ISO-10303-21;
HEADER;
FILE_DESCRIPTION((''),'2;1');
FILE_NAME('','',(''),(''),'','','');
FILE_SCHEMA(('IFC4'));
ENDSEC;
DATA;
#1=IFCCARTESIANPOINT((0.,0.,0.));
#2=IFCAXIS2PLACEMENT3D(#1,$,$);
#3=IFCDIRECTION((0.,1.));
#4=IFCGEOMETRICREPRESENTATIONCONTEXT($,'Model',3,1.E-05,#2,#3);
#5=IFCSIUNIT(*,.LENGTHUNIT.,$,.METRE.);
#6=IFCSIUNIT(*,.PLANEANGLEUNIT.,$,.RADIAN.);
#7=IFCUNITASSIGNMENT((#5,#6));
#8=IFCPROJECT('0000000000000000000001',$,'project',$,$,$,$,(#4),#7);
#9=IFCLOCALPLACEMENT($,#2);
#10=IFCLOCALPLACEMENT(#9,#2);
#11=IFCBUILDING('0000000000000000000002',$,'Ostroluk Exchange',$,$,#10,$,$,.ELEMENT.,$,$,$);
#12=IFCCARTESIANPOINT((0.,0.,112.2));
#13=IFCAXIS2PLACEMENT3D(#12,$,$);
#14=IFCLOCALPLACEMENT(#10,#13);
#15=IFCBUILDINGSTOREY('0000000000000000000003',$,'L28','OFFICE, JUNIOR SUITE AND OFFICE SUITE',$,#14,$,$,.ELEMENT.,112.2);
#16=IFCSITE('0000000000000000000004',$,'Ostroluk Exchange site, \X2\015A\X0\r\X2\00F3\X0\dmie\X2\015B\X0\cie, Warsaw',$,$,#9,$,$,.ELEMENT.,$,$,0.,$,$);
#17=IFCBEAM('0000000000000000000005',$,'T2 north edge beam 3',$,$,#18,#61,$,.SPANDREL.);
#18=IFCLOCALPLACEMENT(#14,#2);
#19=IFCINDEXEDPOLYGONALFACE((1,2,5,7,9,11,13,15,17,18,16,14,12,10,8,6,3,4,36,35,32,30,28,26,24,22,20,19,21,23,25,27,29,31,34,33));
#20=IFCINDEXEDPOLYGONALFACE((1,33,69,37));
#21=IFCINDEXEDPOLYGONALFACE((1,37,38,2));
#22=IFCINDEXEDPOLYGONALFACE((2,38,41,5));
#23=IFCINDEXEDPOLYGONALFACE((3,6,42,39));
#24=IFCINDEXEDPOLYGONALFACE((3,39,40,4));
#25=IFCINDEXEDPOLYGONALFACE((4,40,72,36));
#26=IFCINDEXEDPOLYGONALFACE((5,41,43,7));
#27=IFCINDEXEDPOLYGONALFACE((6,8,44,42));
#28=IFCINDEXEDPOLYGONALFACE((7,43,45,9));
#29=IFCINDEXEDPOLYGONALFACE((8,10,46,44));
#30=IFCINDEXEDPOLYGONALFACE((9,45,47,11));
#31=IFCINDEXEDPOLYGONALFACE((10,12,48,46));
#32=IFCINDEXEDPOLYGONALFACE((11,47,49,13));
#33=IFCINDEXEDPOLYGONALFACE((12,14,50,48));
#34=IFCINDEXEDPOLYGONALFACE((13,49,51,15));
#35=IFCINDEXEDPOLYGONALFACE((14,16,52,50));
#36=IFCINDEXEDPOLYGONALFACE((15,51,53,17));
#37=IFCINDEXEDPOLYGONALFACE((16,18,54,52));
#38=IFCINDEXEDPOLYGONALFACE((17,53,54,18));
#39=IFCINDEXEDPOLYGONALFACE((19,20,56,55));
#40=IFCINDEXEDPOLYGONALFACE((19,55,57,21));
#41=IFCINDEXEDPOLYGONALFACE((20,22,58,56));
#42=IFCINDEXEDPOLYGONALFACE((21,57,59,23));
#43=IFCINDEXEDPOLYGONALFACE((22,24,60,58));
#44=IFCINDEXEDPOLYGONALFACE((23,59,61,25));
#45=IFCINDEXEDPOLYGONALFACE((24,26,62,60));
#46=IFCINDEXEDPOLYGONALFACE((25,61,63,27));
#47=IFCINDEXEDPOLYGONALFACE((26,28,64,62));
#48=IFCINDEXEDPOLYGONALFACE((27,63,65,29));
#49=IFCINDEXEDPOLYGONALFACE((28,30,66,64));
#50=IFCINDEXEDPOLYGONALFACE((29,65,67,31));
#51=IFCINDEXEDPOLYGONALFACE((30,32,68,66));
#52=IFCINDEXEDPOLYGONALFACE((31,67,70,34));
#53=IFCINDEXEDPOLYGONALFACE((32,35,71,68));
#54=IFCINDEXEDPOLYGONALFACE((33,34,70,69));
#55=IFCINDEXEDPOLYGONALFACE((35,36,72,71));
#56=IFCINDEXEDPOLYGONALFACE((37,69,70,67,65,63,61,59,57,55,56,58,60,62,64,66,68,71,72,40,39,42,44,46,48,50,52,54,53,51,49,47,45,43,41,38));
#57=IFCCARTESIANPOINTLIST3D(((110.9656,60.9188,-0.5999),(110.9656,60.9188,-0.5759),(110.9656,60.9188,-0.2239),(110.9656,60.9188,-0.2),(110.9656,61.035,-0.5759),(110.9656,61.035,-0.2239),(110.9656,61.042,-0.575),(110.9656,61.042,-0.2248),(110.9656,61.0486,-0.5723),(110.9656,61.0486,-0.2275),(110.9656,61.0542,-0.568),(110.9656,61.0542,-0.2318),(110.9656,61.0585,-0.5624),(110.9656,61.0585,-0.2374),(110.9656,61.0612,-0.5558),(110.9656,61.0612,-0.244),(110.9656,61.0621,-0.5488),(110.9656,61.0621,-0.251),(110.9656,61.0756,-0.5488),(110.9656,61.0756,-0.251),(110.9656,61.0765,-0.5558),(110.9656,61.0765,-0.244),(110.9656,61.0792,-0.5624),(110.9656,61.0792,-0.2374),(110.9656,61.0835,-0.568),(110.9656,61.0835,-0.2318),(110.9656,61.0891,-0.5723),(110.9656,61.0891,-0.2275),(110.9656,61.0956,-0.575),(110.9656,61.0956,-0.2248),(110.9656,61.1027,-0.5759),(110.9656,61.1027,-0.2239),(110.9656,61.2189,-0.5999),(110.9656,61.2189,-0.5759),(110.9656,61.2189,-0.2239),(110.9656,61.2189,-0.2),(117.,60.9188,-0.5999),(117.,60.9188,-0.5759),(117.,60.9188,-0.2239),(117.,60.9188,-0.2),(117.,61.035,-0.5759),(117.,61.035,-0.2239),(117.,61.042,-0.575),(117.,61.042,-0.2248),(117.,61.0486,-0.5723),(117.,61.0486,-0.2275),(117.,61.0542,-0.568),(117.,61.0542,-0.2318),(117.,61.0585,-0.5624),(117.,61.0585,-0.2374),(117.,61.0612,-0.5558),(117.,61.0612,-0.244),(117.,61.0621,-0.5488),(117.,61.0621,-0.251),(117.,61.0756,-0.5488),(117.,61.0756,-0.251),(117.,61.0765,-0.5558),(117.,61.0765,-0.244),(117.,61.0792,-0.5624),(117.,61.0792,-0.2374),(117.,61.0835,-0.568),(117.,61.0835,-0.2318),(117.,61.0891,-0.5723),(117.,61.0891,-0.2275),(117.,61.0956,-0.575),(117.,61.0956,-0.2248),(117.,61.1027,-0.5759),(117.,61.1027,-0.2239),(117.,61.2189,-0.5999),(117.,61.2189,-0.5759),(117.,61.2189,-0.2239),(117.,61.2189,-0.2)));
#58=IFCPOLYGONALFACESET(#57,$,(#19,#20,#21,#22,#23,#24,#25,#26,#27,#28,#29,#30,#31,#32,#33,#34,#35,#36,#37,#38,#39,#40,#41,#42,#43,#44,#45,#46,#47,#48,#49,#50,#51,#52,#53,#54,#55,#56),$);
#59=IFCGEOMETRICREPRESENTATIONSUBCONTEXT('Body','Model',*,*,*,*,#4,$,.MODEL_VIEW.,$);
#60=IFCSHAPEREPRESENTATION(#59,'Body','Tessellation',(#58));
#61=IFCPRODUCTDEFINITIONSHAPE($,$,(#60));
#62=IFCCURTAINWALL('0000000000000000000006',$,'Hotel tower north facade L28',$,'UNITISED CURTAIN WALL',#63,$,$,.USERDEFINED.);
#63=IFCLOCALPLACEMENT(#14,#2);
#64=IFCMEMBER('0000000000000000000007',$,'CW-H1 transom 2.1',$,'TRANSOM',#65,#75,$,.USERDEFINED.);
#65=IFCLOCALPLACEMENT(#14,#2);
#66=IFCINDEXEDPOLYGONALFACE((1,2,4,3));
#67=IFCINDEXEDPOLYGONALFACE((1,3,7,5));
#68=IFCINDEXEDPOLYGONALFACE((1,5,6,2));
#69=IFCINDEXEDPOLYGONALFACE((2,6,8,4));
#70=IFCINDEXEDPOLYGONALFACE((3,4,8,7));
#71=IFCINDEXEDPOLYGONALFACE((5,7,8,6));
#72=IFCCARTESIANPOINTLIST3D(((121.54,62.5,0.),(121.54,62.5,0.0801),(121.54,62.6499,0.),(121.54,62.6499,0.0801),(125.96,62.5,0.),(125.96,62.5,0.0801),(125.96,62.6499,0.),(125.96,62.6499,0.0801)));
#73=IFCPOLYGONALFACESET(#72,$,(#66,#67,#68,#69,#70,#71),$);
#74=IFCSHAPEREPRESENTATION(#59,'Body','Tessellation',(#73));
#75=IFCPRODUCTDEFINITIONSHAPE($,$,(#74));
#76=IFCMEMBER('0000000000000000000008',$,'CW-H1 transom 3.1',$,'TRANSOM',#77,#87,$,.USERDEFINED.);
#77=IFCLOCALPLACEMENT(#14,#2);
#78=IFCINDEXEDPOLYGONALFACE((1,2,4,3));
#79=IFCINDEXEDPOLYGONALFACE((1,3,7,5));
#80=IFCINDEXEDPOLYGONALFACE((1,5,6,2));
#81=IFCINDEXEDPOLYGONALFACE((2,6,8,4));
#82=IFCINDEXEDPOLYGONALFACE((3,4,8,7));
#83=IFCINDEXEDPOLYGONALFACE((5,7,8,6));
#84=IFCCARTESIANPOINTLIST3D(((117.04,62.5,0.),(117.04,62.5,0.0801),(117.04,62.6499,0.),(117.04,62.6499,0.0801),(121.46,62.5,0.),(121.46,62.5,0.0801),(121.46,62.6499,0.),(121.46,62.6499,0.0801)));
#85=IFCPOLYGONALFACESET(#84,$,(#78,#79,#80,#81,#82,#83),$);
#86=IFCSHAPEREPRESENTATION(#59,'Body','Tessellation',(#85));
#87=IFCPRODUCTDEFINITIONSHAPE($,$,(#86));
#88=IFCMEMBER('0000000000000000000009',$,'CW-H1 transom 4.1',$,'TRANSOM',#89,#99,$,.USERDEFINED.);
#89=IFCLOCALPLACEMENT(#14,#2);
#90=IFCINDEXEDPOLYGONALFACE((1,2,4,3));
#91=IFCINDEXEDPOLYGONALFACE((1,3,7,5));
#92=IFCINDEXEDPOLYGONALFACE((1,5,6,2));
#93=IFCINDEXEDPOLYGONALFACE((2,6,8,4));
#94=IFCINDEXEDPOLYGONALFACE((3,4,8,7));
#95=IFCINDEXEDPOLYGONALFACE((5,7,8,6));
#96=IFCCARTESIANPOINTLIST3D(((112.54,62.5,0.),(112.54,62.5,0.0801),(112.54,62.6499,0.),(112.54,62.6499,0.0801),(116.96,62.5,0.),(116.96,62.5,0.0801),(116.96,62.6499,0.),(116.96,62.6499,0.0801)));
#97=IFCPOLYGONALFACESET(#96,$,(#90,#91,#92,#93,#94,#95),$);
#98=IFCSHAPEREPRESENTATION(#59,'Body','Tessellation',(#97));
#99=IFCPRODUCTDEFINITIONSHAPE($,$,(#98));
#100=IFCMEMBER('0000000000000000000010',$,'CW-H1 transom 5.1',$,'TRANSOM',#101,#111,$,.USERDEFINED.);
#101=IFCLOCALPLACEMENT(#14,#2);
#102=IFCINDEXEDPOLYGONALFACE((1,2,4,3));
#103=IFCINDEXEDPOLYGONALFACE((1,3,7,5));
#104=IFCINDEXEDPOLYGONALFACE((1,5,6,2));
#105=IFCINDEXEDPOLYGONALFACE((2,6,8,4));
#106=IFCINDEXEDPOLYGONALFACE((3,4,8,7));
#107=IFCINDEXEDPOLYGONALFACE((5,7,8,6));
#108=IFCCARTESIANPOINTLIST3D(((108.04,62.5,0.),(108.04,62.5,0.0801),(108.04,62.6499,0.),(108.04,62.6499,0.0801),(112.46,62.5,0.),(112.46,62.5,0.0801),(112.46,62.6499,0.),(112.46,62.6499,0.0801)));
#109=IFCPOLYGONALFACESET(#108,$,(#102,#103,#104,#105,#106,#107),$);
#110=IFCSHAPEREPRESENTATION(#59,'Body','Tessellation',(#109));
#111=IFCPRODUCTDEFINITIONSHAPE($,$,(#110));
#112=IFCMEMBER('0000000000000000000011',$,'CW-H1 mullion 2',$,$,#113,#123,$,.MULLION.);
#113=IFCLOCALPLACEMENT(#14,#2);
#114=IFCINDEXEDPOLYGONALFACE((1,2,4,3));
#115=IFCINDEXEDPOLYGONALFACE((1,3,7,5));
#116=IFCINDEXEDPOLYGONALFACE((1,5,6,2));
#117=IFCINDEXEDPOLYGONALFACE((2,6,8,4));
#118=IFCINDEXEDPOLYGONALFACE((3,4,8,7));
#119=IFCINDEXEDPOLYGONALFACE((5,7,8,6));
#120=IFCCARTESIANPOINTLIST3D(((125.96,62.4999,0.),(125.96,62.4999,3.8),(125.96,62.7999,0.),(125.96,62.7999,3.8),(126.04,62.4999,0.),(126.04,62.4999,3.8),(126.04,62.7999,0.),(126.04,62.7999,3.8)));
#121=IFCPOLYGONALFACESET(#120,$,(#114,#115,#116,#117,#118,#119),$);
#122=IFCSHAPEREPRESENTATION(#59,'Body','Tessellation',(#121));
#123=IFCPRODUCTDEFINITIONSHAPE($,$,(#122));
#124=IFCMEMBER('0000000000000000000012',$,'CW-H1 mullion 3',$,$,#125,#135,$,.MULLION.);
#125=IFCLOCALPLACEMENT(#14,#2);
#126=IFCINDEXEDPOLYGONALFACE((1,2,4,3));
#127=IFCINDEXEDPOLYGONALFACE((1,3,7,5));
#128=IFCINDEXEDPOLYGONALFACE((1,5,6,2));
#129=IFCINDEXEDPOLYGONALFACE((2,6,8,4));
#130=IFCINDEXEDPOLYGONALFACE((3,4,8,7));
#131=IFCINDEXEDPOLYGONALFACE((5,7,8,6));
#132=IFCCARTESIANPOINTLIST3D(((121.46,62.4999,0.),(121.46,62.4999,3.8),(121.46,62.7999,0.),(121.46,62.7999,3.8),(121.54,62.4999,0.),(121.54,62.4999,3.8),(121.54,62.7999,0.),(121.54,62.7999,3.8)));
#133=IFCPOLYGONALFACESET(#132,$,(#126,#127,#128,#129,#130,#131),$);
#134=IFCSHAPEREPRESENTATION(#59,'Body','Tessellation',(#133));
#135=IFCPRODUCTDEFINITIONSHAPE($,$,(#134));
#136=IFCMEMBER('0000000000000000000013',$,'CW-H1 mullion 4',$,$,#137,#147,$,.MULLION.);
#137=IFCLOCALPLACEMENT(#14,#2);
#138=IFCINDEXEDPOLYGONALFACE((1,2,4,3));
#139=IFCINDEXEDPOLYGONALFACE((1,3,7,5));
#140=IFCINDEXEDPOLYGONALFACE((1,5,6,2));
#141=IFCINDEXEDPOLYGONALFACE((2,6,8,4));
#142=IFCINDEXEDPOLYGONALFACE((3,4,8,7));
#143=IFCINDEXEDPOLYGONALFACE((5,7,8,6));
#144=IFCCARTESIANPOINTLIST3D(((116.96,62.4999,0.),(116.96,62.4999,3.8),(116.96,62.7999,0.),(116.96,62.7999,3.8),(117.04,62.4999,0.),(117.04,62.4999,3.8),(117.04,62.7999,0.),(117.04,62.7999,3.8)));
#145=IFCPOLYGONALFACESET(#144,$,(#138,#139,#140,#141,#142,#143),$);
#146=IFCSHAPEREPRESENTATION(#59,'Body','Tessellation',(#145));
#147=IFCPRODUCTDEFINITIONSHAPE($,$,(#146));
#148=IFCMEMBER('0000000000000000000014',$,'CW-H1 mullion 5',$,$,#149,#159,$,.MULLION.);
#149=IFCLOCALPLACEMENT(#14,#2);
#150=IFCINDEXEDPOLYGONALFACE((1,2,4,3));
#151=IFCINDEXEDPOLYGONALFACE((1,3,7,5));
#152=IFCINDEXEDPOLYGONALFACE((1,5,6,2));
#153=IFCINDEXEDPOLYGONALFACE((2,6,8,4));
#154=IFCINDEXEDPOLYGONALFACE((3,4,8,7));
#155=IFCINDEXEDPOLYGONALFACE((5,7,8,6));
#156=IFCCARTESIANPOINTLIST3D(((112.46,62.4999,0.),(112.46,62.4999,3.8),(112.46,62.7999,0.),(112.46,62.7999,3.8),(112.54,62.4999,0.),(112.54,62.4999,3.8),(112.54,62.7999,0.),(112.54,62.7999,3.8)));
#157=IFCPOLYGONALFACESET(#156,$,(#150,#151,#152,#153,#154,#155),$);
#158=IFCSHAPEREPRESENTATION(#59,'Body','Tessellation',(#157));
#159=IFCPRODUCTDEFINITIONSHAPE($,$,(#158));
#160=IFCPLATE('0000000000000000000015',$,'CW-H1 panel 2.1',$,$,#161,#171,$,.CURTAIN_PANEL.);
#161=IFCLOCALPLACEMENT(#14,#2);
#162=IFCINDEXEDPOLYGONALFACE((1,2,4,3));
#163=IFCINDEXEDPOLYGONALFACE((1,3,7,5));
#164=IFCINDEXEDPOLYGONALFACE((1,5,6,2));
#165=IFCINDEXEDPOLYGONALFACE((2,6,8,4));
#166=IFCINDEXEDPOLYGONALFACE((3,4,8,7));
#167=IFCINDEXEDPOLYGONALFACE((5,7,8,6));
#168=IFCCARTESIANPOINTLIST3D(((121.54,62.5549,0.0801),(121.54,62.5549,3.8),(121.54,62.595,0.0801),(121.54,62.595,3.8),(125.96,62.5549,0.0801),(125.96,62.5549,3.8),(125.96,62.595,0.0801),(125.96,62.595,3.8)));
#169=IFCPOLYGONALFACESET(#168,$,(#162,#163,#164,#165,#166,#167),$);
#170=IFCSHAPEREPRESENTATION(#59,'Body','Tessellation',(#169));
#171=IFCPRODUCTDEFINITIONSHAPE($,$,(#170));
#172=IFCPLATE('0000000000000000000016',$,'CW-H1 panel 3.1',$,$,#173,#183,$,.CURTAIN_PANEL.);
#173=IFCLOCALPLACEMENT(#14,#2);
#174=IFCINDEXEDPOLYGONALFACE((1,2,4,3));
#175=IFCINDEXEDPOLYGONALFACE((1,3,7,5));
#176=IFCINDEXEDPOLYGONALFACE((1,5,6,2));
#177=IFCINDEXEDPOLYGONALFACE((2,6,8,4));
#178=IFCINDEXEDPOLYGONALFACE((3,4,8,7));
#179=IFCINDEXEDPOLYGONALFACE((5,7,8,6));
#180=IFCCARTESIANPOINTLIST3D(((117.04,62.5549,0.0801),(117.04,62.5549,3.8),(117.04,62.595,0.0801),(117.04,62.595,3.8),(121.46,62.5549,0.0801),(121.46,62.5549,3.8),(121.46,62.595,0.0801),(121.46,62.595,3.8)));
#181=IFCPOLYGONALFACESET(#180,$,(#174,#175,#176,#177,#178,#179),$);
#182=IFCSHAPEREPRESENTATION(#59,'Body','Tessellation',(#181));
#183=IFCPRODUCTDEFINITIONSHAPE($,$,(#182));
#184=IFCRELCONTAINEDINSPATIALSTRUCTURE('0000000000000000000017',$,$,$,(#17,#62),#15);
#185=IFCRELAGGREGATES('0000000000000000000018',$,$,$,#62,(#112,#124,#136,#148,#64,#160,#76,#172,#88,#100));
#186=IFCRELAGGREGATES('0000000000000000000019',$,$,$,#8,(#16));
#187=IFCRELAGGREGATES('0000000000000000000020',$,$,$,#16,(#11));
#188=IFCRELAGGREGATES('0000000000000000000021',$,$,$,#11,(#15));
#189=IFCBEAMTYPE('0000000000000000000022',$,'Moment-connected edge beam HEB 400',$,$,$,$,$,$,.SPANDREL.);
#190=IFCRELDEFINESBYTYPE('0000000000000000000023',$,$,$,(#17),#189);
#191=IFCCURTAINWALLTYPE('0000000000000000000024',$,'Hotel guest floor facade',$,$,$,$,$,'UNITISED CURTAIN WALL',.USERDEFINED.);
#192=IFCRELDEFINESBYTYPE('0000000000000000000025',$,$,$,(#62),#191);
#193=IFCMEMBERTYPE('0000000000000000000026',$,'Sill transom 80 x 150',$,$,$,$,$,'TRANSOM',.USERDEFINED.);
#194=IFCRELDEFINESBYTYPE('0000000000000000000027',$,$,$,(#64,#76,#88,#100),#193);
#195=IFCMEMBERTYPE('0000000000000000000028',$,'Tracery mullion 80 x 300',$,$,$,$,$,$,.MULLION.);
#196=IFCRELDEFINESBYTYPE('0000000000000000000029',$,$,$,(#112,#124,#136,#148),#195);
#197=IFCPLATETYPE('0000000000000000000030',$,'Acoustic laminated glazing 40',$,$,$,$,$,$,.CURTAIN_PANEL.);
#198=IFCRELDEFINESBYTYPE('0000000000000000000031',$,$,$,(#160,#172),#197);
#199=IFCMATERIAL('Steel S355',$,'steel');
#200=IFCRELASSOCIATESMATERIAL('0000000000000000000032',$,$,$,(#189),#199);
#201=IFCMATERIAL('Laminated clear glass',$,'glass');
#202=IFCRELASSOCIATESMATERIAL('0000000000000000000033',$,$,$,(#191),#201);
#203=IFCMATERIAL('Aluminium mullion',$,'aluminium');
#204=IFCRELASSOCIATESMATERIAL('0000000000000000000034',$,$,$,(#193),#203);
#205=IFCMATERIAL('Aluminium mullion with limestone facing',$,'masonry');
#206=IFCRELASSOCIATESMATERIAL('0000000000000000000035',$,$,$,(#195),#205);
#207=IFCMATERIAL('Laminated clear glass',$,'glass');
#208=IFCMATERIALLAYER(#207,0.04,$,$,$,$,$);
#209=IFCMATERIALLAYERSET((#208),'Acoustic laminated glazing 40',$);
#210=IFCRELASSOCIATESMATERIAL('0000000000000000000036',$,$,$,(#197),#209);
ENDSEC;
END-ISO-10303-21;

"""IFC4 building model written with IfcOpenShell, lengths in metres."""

from ifc_helpers import new_model, si_unit, direction, frame, origin, origin_2d, place, context, subcontext, project, spatial, rectangle, i_section, extrude, material, layer, layer_set, material_profile, profile_set, type_object, element, aggregate, save


model = new_model("IFC4")

# Units and contexts
model_context = context("Model", 3, precision=1e-05, world=origin(), true_north=direction((0.0, 1.0)))
body_context = subcontext(model_context, "Body", "Model", "MODEL_VIEW")
ifc_project = project(units=[si_unit("LENGTHUNIT", "METRE"), si_unit("PLANEANGLEUNIT", "RADIAN")], contexts=[model_context])

# Site, building, storey
site_placement = place(None, origin())
site = spatial("IfcSite", under=ifc_project, at=site_placement, Name="Ostroluk Exchange site, Śródmieście, Warsaw", CompositionType="ELEMENT", RefElevation=0.0)
building_placement = place(site_placement, origin())
building = spatial("IfcBuilding", under=site, at=building_placement, Name="Ostroluk Exchange", CompositionType="ELEMENT")
storey_placement = place(building_placement, frame((0.0, 0.0, 112.2)))
storey = spatial("IfcBuildingStorey", under=building, at=storey_placement, Name="L28", Description="OFFICE, JUNIOR SUITE AND OFFICE SUITE", CompositionType="ELEMENT", Elevation=112.2)

# Beam
ifc_material_1 = material(Name="Steel S355", Category="steel")
ifc_material_profile_1 = material_profile(ifc_material_1, i_section(OverallWidth=0.3, OverallDepth=0.3999, WebThickness=0.0134, FlangeThickness=0.0239, FilletRadius=0.0271, at=origin_2d()), Name="HEB 400")
ifc_profile_set_1 = profile_set([ifc_material_profile_1], Name="Steel S355")
beam_type = type_object("IfcBeamType", Name="Moment-connected edge beam HEB 400", PredefinedType="SPANDREL", material=ifc_profile_set_1)
for number, where, z_axis, x_axis, name in (
    (1, (117.0, 61.0688, -0.3999), (-1.0, 0.0, 0.0), (0.0, -1.0, 0.0), "T2 north edge beam 3"),
):
    element("IfcBeam", number, at=place(storey_placement, frame(where, z_axis=z_axis, x_axis=x_axis)), inside=storey, type_object=beam_type, Name=name, PredefinedType="SPANDREL", context=body_context, shape_type="SweptSolid", body=[
        extrude(i_section(OverallWidth=0.3, OverallDepth=0.3999, WebThickness=0.0134, FlangeThickness=0.0239, FilletRadius=0.0271, at=origin_2d()), origin(), (0.0, 0.0, 1.0), 6.0344),
    ])

# Curtain wall, members, plates
ifc_material_2 = material(Name="Laminated clear glass", Category="glass")
curtain_wall_type = type_object("IfcCurtainWallType", Name="Hotel guest floor facade", ElementType="UNITISED CURTAIN WALL", PredefinedType="USERDEFINED", material=ifc_material_2)
curtain_wall_placement = place(storey_placement, origin())
curtain_wall = element("IfcCurtainWall", 2, at=curtain_wall_placement, inside=storey, type_object=curtain_wall_type, Name="Hotel tower north facade L28", ObjectType="UNITISED CURTAIN WALL", PredefinedType="USERDEFINED")
ifc_material_3 = material(Name="Aluminium mullion", Category="aluminium")
ifc_material_profile_2 = material_profile(ifc_material_3, rectangle(XDim=0.1499, YDim=0.0801, at=origin_2d()), Name="Sill transom 80 x 150")
ifc_profile_set_2 = profile_set([ifc_material_profile_2], Name="Aluminium mullion")
member_type_1 = type_object("IfcMemberType", Name="Sill transom 80 x 150", ElementType="TRANSOM", PredefinedType="USERDEFINED", material=ifc_profile_set_2)
member_1_placement = place(storey_placement, frame((125.96, 62.575, 0.04), z_axis=(-1.0, 0.0, 0.0), x_axis=(0.0, -1.0, 0.0)))
member_1 = element("IfcMember", 3, at=member_1_placement, type_object=member_type_1, Name="CW-H1 transom 2.1", ObjectType="TRANSOM", PredefinedType="USERDEFINED", context=body_context, shape_type="SweptSolid", body=[
    extrude(rectangle(XDim=0.1499, YDim=0.0801, at=origin_2d()), origin(), (0.0, 0.0, 1.0), 4.4199),
])
member_2_placement = place(storey_placement, frame((121.46, 62.575, 0.04), z_axis=(-1.0, 0.0, 0.0), x_axis=(0.0, -1.0, 0.0)))
member_2 = element("IfcMember", 4, at=member_2_placement, type_object=member_type_1, Name="CW-H1 transom 3.1", ObjectType="TRANSOM", PredefinedType="USERDEFINED", context=body_context, shape_type="SweptSolid", body=[
    extrude(rectangle(XDim=0.1499, YDim=0.0801, at=origin_2d()), origin(), (0.0, 0.0, 1.0), 4.4199),
])
member_3_placement = place(storey_placement, frame((116.96, 62.575, 0.04), z_axis=(-1.0, 0.0, 0.0), x_axis=(0.0, -1.0, 0.0)))
member_3 = element("IfcMember", 5, at=member_3_placement, type_object=member_type_1, Name="CW-H1 transom 4.1", ObjectType="TRANSOM", PredefinedType="USERDEFINED", context=body_context, shape_type="SweptSolid", body=[
    extrude(rectangle(XDim=0.1499, YDim=0.0801, at=origin_2d()), origin(), (0.0, 0.0, 1.0), 4.4199),
])
member_4_placement = place(storey_placement, frame((112.46, 62.575, 0.04), z_axis=(-1.0, 0.0, 0.0), x_axis=(0.0, -1.0, 0.0)))
member_4 = element("IfcMember", 6, at=member_4_placement, type_object=member_type_1, Name="CW-H1 transom 5.1", ObjectType="TRANSOM", PredefinedType="USERDEFINED", context=body_context, shape_type="SweptSolid", body=[
    extrude(rectangle(XDim=0.1499, YDim=0.0801, at=origin_2d()), origin(), (0.0, 0.0, 1.0), 4.4199),
])
ifc_material_4 = material(Name="Aluminium mullion with limestone facing", Category="masonry")
ifc_material_profile_3 = material_profile(ifc_material_4, rectangle(XDim=0.3, YDim=0.0801, at=origin_2d()), Name="Tracery mullion 80 x 300")
ifc_profile_set_3 = profile_set([ifc_material_profile_3], Name="Aluminium mullion with limestone facing")
member_type_2 = type_object("IfcMemberType", Name="Tracery mullion 80 x 300", PredefinedType="MULLION", material=ifc_profile_set_3)
member_5_placement = place(storey_placement, frame((126.0, 62.6499, 0.0), z_axis=(0.0, 0.0, 1.0), x_axis=(0.0, -1.0, 0.0)))
member_5 = element("IfcMember", 7, at=member_5_placement, type_object=member_type_2, Name="CW-H1 mullion 2", PredefinedType="MULLION", context=body_context, shape_type="SweptSolid", body=[
    extrude(rectangle(XDim=0.3, YDim=0.0801, at=origin_2d()), origin(), (0.0, 0.0, 1.0), 3.8),
])
member_6_placement = place(storey_placement, frame((121.5, 62.6499, 0.0), z_axis=(0.0, 0.0, 1.0), x_axis=(0.0, -1.0, 0.0)))
member_6 = element("IfcMember", 8, at=member_6_placement, type_object=member_type_2, Name="CW-H1 mullion 3", PredefinedType="MULLION", context=body_context, shape_type="SweptSolid", body=[
    extrude(rectangle(XDim=0.3, YDim=0.0801, at=origin_2d()), origin(), (0.0, 0.0, 1.0), 3.8),
])
member_7_placement = place(storey_placement, frame((117.0, 62.6499, 0.0), z_axis=(0.0, 0.0, 1.0), x_axis=(0.0, -1.0, 0.0)))
member_7 = element("IfcMember", 9, at=member_7_placement, type_object=member_type_2, Name="CW-H1 mullion 4", PredefinedType="MULLION", context=body_context, shape_type="SweptSolid", body=[
    extrude(rectangle(XDim=0.3, YDim=0.0801, at=origin_2d()), origin(), (0.0, 0.0, 1.0), 3.8),
])
member_8_placement = place(storey_placement, frame((112.5, 62.6499, 0.0), z_axis=(0.0, 0.0, 1.0), x_axis=(0.0, -1.0, 0.0)))
member_8 = element("IfcMember", 10, at=member_8_placement, type_object=member_type_2, Name="CW-H1 mullion 5", PredefinedType="MULLION", context=body_context, shape_type="SweptSolid", body=[
    extrude(rectangle(XDim=0.3, YDim=0.0801, at=origin_2d()), origin(), (0.0, 0.0, 1.0), 3.8),
])
ifc_material_5 = material(Name="Laminated clear glass", Category="glass")
ifc_layer_1 = layer(ifc_material_5, 0.04)
ifc_layer_set_1 = layer_set([ifc_layer_1], Name="Acoustic laminated glazing 40")
plate_type = type_object("IfcPlateType", Name="Acoustic laminated glazing 40", PredefinedType="CURTAIN_PANEL", material=ifc_layer_set_1)
plate_1_placement = place(storey_placement, frame((123.75, 62.575, 0.0801), z_axis=(0.0, 0.0, 1.0), x_axis=(-1.0, 0.0, 0.0)))
plate_1 = element("IfcPlate", 11, at=plate_1_placement, type_object=plate_type, Name="CW-H1 panel 2.1", PredefinedType="CURTAIN_PANEL", context=body_context, shape_type="SweptSolid", body=[
    extrude(rectangle(XDim=4.4199, YDim=0.04, at=origin_2d()), origin(), (0.0, 0.0, 1.0), 3.72),
])
plate_2_placement = place(storey_placement, frame((119.25, 62.575, 0.0801), z_axis=(0.0, 0.0, 1.0), x_axis=(-1.0, 0.0, 0.0)))
plate_2 = element("IfcPlate", 12, at=plate_2_placement, type_object=plate_type, Name="CW-H1 panel 3.1", PredefinedType="CURTAIN_PANEL", context=body_context, shape_type="SweptSolid", body=[
    extrude(rectangle(XDim=4.4199, YDim=0.04, at=origin_2d()), origin(), (0.0, 0.0, 1.0), 3.72),
])
aggregate(curtain_wall, [member_5, member_6, member_7, member_8, member_1, plate_1, member_2, plate_2, member_3, member_4])

save(model, "model.ifc")
